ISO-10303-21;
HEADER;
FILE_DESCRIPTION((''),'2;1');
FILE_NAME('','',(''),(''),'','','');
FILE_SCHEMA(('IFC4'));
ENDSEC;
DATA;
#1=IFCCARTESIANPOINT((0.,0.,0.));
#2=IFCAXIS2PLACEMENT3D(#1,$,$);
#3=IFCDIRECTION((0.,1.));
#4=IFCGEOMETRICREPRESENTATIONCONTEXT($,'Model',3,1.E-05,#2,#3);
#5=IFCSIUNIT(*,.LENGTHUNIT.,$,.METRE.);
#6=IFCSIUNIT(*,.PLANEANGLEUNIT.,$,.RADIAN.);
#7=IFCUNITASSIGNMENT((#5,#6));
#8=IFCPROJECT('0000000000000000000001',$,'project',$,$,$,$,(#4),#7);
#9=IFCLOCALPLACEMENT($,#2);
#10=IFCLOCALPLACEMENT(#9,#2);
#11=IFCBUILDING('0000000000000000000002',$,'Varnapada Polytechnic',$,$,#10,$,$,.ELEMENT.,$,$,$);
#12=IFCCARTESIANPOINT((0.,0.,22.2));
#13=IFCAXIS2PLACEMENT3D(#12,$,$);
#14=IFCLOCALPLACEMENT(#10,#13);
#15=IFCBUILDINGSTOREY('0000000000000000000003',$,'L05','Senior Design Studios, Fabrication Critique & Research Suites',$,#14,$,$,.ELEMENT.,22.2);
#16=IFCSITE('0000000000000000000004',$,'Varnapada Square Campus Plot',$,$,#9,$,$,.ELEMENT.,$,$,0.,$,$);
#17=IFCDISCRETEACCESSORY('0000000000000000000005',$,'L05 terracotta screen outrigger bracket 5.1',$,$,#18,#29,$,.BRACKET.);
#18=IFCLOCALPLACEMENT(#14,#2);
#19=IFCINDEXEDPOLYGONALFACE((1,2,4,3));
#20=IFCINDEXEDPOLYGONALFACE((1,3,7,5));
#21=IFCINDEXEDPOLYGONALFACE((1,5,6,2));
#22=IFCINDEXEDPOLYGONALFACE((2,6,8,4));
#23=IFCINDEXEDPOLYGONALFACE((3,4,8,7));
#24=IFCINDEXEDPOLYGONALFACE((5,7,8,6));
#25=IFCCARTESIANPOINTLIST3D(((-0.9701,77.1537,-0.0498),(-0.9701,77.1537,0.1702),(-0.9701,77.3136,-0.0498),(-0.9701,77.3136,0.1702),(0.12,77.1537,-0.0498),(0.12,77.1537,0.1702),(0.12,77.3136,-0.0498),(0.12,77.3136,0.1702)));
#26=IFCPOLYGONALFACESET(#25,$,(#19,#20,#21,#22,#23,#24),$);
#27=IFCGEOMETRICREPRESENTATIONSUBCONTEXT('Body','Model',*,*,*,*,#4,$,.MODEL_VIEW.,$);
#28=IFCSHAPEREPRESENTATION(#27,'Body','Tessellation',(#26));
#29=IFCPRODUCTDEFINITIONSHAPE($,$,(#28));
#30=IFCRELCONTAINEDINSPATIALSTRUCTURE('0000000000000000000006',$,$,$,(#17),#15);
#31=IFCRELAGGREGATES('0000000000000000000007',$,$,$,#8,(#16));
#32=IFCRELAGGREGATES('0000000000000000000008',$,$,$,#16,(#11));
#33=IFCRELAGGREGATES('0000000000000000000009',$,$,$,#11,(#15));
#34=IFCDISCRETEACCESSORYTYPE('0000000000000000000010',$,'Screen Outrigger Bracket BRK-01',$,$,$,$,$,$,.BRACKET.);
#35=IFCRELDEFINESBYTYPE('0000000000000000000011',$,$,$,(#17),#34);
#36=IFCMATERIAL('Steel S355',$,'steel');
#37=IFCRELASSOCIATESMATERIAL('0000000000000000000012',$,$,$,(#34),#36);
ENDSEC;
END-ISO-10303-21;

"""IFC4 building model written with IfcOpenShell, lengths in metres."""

from ifc_helpers import new_model, si_unit, direction, frame, origin, origin_2d, place, context, subcontext, project, spatial, rectangle, extrude, material, type_object, element, save


model = new_model("IFC4")

# Units and contexts
model_context = context("Model", 3, precision=1e-05, world=origin(), true_north=direction((0.0, 1.0)))
body_context = subcontext(model_context, "Body", "Model", "MODEL_VIEW")
ifc_project = project(units=[si_unit("LENGTHUNIT", "METRE"), si_unit("PLANEANGLEUNIT", "RADIAN")], contexts=[model_context])

# Site, building, storey
site_placement = place(None, origin())
site = spatial("IfcSite", under=ifc_project, at=site_placement, Name="Varnapada Square Campus Plot", CompositionType="ELEMENT", RefElevation=0.0)
building_placement = place(site_placement, origin())
building = spatial("IfcBuilding", under=site, at=building_placement, Name="Varnapada Polytechnic", CompositionType="ELEMENT")
storey_placement = place(building_placement, frame((0.0, 0.0, 22.2)))
storey = spatial("IfcBuildingStorey", under=building, at=storey_placement, Name="L05", Description="Senior Design Studios, Fabrication Critique & Research Suites", CompositionType="ELEMENT", Elevation=22.2)

# Discrete accessory
ifc_material_1 = material(Name="Steel S355", Category="steel")
discrete_accessory_type = type_object("IfcDiscreteAccessoryType", Name="Screen Outrigger Bracket BRK-01", PredefinedType="BRACKET", material=ifc_material_1)
discrete_accessory_placement = place(storey_placement, frame((-0.425, 77.2336, -0.0498), z_axis=(0.0, 0.0, 1.0), x_axis=(0.0, 1.0, 0.0)))
element("IfcDiscreteAccessory", 1, at=discrete_accessory_placement, inside=storey, type_object=discrete_accessory_type, Name="L05 terracotta screen outrigger bracket 5.1", PredefinedType="BRACKET", context=body_context, shape_type="SweptSolid", body=[
    extrude(rectangle(XDim=0.1599, YDim=1.0901, at=origin_2d()), origin(), (0.0, 0.0, 1.0), 0.22),
])

save(model, "model.ifc")
